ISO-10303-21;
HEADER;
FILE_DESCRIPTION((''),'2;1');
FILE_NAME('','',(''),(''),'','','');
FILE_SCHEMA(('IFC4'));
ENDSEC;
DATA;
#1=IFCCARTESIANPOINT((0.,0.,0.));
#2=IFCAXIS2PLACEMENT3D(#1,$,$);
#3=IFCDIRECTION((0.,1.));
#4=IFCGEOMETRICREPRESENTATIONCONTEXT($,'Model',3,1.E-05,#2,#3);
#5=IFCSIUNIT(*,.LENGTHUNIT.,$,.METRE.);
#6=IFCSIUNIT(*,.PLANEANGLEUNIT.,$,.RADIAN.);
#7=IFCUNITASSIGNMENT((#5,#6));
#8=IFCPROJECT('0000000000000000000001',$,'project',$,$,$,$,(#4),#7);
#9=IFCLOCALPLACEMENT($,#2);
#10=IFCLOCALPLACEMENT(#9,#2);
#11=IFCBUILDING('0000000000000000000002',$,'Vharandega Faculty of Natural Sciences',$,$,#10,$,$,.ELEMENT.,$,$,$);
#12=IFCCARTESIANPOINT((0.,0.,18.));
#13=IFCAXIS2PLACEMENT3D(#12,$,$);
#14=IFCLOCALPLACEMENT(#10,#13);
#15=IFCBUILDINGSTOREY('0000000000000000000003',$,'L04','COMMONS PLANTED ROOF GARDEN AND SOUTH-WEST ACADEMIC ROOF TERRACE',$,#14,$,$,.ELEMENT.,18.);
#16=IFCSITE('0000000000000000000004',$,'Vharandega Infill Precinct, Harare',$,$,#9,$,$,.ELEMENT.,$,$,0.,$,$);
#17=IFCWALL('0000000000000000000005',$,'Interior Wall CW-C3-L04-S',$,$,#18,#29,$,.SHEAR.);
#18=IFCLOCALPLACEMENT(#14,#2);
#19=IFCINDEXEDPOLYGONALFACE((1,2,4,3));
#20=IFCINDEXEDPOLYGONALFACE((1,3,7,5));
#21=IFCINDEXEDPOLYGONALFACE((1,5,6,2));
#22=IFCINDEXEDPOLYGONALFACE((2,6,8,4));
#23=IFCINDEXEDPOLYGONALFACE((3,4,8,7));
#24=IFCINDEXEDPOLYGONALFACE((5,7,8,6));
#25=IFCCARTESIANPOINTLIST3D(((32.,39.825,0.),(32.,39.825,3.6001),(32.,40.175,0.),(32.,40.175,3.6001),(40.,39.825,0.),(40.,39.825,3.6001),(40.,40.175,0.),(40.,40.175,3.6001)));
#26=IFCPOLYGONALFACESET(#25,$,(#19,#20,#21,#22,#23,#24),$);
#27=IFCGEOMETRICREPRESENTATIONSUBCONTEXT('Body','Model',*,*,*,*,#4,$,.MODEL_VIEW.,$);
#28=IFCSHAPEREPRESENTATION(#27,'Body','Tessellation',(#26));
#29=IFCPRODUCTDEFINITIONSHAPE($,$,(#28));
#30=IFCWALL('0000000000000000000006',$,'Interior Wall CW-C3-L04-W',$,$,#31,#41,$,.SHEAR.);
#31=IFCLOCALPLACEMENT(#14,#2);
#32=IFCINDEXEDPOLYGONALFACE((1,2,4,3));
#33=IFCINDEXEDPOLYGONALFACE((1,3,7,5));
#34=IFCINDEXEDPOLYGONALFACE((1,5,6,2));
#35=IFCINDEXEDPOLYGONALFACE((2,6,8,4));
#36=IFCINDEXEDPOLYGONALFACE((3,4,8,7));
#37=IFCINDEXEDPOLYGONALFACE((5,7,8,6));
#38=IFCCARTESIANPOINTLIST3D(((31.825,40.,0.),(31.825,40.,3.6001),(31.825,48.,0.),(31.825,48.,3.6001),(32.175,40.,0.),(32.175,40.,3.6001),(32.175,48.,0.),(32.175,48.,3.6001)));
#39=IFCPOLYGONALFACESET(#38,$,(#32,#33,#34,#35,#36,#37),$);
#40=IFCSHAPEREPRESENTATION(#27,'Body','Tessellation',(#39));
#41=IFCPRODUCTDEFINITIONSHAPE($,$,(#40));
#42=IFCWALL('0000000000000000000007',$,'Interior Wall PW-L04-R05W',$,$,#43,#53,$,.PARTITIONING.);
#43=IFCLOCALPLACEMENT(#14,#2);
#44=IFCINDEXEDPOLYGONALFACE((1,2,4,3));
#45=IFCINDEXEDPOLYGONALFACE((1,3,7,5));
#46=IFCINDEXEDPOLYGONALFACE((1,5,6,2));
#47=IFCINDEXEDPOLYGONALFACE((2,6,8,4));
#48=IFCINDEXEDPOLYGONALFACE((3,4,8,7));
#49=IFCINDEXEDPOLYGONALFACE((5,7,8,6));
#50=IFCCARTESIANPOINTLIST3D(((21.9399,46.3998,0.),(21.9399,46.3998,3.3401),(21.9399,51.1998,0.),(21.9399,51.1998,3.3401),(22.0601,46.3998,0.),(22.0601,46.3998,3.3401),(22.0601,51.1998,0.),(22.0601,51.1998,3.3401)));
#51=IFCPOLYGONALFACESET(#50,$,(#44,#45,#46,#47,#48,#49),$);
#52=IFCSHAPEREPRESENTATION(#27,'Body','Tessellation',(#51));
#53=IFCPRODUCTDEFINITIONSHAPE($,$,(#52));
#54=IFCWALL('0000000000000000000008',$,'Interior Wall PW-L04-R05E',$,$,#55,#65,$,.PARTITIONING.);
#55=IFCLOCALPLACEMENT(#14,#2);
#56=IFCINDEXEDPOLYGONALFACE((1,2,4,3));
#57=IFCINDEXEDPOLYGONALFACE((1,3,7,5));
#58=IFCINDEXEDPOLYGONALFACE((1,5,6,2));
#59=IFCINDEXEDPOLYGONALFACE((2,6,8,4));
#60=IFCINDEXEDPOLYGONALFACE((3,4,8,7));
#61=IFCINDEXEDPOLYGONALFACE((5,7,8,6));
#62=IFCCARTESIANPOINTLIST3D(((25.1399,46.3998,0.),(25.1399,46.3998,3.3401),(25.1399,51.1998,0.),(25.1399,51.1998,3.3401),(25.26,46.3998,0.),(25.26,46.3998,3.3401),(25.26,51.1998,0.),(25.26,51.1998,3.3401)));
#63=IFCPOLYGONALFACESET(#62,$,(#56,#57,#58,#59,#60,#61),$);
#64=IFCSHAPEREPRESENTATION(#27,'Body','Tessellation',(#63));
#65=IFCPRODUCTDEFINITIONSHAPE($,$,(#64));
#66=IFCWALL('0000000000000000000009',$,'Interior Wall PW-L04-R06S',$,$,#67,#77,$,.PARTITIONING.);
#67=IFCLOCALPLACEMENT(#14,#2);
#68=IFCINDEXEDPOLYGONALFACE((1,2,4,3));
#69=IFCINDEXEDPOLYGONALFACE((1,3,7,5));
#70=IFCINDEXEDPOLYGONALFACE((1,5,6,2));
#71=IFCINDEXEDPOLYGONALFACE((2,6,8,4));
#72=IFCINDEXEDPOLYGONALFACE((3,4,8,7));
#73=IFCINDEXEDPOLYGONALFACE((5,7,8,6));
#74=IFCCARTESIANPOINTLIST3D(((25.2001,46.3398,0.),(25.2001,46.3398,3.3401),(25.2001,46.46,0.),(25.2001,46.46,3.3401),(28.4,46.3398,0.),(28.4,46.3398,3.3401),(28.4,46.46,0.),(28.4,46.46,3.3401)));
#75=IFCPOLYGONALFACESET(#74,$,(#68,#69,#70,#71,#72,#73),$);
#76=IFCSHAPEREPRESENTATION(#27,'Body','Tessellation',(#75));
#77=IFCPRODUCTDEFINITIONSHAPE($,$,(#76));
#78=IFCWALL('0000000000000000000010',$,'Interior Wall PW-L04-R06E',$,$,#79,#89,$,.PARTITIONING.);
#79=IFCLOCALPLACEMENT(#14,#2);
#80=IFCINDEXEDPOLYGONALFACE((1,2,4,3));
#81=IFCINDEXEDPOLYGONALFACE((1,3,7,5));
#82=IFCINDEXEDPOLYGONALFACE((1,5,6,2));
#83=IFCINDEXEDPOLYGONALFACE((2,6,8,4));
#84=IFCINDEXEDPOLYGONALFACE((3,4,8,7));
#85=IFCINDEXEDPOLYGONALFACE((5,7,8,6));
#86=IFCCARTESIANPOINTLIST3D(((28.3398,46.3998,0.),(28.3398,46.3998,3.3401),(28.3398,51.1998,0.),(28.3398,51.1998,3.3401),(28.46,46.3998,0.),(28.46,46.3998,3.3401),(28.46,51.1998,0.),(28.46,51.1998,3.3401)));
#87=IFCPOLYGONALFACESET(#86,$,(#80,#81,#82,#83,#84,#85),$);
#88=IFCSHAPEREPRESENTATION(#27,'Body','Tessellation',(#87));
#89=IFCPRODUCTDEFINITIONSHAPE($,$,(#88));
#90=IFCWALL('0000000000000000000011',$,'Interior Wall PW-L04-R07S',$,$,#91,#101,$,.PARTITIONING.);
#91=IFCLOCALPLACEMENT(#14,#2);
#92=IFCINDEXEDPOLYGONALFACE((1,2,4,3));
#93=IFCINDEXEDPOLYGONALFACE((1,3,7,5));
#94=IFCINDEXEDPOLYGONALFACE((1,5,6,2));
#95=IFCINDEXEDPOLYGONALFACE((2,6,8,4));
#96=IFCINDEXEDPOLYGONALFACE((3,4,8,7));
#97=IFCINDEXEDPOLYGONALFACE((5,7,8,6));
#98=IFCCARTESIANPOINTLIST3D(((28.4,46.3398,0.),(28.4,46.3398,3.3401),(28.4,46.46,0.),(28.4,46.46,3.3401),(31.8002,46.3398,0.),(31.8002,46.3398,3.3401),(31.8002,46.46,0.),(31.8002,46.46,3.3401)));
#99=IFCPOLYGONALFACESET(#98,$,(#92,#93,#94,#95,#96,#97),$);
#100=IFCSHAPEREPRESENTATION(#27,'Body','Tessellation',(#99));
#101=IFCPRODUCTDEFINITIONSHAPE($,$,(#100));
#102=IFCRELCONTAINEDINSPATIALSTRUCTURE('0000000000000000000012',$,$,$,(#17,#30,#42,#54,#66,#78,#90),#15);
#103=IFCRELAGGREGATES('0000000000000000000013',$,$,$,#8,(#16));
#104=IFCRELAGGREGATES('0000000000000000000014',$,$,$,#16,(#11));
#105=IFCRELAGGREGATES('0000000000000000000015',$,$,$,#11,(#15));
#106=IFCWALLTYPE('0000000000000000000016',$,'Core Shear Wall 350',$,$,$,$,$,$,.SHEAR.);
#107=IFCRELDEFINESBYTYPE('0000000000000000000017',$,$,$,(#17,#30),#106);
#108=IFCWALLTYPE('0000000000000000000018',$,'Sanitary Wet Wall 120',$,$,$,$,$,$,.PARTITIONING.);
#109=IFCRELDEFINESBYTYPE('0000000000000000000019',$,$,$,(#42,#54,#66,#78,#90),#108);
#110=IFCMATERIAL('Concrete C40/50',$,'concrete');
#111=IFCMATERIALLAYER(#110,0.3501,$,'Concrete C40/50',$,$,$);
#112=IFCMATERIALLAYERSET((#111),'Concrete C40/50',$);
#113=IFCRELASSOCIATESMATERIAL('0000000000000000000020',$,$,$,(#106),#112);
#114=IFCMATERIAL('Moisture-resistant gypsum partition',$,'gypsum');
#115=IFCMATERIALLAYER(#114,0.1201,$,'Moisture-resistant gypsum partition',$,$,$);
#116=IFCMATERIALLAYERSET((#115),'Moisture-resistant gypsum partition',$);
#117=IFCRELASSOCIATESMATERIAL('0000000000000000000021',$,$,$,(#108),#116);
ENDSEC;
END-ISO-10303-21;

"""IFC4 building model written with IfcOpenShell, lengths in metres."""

from ifc_helpers import new_model, si_unit, direction, frame, frame_2d, origin, place, context, subcontext, project, spatial, rectangle, extrude, material, layer, layer_set, type_object, element, save


model = new_model("IFC4")

# Units and contexts
model_context = context("Model", 3, precision=1e-05, world=origin(), true_north=direction((0.0, 1.0)))
body_context = subcontext(model_context, "Body", "Model", "MODEL_VIEW")
ifc_project = project(units=[si_unit("LENGTHUNIT", "METRE"), si_unit("PLANEANGLEUNIT", "RADIAN")], contexts=[model_context])

# Site, building, storey
site_placement = place(None, origin())
site = spatial("IfcSite", under=ifc_project, at=site_placement, Name="Vharandega Infill Precinct, Harare", CompositionType="ELEMENT", RefElevation=0.0)
building_placement = place(site_placement, origin())
building = spatial("IfcBuilding", under=site, at=building_placement, Name="Vharandega Faculty of Natural Sciences", CompositionType="ELEMENT")
storey_placement = place(building_placement, frame((0.0, 0.0, 18.0)))
storey = spatial("IfcBuildingStorey", under=building, at=storey_placement, Name="L04", Description="COMMONS PLANTED ROOF GARDEN AND SOUTH-WEST ACADEMIC ROOF TERRACE", CompositionType="ELEMENT", Elevation=18.0)

# Walls
ifc_material_1 = material(Name="Concrete C40/50", Category="concrete")
ifc_layer_1 = layer(ifc_material_1, 0.3501, Name="Concrete C40/50")
ifc_layer_set_1 = layer_set([ifc_layer_1], Name="Concrete C40/50")
wall_type_1 = type_object("IfcWallType", Name="Core Shear Wall 350", PredefinedType="SHEAR", material=ifc_layer_set_1)
for number, where, z_axis, x_axis, name in (
    (1, (32.0, 40.0, 0.0), (0.0, 0.0, 1.0), (1.0, 0.0, 0.0), "Interior Wall CW-C3-L04-S"),
    (2, (32.0, 40.0, 0.0), (0.0, 0.0, 1.0), (0.0, 1.0, 0.0), "Interior Wall CW-C3-L04-W"),
):
    element("IfcWall", number, at=place(storey_placement, frame(where, z_axis=z_axis, x_axis=x_axis)), inside=storey, type_object=wall_type_1, Name=name, PredefinedType="SHEAR", context=body_context, shape_type="SweptSolid", body=[
        extrude(rectangle(XDim=8.0, YDim=0.3501, at=frame_2d((4.0, 0.0))), origin(), (0.0, 0.0, 1.0), 3.6001),
    ])
ifc_material_2 = material(Name="Moisture-resistant gypsum partition", Category="gypsum")
ifc_layer_2 = layer(ifc_material_2, 0.1201, Name="Moisture-resistant gypsum partition")
ifc_layer_set_2 = layer_set([ifc_layer_2], Name="Moisture-resistant gypsum partition")
wall_type_2 = type_object("IfcWallType", Name="Sanitary Wet Wall 120", PredefinedType="PARTITIONING", material=ifc_layer_set_2)
for number, where, z_axis, x_axis, name in (
    (3, (22.0, 46.3999, 0.0), (0.0, 0.0, 1.0), (0.0, 1.0, 0.0), "Interior Wall PW-L04-R05W"),
    (4, (25.2, 46.3999, 0.0), (0.0, 0.0, 1.0), (0.0, 1.0, 0.0), "Interior Wall PW-L04-R05E"),
):
    element("IfcWall", number, at=place(storey_placement, frame(where, z_axis=z_axis, x_axis=x_axis)), inside=storey, type_object=wall_type_2, Name=name, PredefinedType="PARTITIONING", context=body_context, shape_type="SweptSolid", body=[
        extrude(rectangle(XDim=4.8, YDim=0.1201, at=frame_2d((2.3999, 0.0))), origin(), (0.0, 0.0, 1.0), 3.3401),
    ])
wall_1_placement = place(storey_placement, frame((25.2, 46.3999, 0.0), z_axis=(0.0, 0.0, 1.0), x_axis=(1.0, 0.0, 0.0)))
element("IfcWall", 5, at=wall_1_placement, inside=storey, type_object=wall_type_2, Name="Interior Wall PW-L04-R06S", PredefinedType="PARTITIONING", context=body_context, shape_type="SweptSolid", body=[
    extrude(rectangle(XDim=3.2, YDim=0.1201, at=frame_2d((1.6001, 0.0))), origin(), (0.0, 0.0, 1.0), 3.3401),
])
wall_2_placement = place(storey_placement, frame((28.3999, 46.3999, 0.0), z_axis=(0.0, 0.0, 1.0), x_axis=(0.0, 1.0, 0.0)))
element("IfcWall", 6, at=wall_2_placement, inside=storey, type_object=wall_type_2, Name="Interior Wall PW-L04-R06E", PredefinedType="PARTITIONING", context=body_context, shape_type="SweptSolid", body=[
    extrude(rectangle(XDim=4.8, YDim=0.1201, at=frame_2d((2.3999, 0.0))), origin(), (0.0, 0.0, 1.0), 3.3401),
])
wall_3_placement = place(storey_placement, frame((28.3999, 46.3999, 0.0), z_axis=(0.0, 0.0, 1.0), x_axis=(1.0, 0.0, 0.0)))
element("IfcWall", 7, at=wall_3_placement, inside=storey, type_object=wall_type_2, Name="Interior Wall PW-L04-R07S", PredefinedType="PARTITIONING", context=body_context, shape_type="SweptSolid", body=[
    extrude(rectangle(XDim=3.4001, YDim=0.1201, at=frame_2d((1.7002, 0.0))), origin(), (0.0, 0.0, 1.0), 3.3401),
])

save(model, "model.ifc")
